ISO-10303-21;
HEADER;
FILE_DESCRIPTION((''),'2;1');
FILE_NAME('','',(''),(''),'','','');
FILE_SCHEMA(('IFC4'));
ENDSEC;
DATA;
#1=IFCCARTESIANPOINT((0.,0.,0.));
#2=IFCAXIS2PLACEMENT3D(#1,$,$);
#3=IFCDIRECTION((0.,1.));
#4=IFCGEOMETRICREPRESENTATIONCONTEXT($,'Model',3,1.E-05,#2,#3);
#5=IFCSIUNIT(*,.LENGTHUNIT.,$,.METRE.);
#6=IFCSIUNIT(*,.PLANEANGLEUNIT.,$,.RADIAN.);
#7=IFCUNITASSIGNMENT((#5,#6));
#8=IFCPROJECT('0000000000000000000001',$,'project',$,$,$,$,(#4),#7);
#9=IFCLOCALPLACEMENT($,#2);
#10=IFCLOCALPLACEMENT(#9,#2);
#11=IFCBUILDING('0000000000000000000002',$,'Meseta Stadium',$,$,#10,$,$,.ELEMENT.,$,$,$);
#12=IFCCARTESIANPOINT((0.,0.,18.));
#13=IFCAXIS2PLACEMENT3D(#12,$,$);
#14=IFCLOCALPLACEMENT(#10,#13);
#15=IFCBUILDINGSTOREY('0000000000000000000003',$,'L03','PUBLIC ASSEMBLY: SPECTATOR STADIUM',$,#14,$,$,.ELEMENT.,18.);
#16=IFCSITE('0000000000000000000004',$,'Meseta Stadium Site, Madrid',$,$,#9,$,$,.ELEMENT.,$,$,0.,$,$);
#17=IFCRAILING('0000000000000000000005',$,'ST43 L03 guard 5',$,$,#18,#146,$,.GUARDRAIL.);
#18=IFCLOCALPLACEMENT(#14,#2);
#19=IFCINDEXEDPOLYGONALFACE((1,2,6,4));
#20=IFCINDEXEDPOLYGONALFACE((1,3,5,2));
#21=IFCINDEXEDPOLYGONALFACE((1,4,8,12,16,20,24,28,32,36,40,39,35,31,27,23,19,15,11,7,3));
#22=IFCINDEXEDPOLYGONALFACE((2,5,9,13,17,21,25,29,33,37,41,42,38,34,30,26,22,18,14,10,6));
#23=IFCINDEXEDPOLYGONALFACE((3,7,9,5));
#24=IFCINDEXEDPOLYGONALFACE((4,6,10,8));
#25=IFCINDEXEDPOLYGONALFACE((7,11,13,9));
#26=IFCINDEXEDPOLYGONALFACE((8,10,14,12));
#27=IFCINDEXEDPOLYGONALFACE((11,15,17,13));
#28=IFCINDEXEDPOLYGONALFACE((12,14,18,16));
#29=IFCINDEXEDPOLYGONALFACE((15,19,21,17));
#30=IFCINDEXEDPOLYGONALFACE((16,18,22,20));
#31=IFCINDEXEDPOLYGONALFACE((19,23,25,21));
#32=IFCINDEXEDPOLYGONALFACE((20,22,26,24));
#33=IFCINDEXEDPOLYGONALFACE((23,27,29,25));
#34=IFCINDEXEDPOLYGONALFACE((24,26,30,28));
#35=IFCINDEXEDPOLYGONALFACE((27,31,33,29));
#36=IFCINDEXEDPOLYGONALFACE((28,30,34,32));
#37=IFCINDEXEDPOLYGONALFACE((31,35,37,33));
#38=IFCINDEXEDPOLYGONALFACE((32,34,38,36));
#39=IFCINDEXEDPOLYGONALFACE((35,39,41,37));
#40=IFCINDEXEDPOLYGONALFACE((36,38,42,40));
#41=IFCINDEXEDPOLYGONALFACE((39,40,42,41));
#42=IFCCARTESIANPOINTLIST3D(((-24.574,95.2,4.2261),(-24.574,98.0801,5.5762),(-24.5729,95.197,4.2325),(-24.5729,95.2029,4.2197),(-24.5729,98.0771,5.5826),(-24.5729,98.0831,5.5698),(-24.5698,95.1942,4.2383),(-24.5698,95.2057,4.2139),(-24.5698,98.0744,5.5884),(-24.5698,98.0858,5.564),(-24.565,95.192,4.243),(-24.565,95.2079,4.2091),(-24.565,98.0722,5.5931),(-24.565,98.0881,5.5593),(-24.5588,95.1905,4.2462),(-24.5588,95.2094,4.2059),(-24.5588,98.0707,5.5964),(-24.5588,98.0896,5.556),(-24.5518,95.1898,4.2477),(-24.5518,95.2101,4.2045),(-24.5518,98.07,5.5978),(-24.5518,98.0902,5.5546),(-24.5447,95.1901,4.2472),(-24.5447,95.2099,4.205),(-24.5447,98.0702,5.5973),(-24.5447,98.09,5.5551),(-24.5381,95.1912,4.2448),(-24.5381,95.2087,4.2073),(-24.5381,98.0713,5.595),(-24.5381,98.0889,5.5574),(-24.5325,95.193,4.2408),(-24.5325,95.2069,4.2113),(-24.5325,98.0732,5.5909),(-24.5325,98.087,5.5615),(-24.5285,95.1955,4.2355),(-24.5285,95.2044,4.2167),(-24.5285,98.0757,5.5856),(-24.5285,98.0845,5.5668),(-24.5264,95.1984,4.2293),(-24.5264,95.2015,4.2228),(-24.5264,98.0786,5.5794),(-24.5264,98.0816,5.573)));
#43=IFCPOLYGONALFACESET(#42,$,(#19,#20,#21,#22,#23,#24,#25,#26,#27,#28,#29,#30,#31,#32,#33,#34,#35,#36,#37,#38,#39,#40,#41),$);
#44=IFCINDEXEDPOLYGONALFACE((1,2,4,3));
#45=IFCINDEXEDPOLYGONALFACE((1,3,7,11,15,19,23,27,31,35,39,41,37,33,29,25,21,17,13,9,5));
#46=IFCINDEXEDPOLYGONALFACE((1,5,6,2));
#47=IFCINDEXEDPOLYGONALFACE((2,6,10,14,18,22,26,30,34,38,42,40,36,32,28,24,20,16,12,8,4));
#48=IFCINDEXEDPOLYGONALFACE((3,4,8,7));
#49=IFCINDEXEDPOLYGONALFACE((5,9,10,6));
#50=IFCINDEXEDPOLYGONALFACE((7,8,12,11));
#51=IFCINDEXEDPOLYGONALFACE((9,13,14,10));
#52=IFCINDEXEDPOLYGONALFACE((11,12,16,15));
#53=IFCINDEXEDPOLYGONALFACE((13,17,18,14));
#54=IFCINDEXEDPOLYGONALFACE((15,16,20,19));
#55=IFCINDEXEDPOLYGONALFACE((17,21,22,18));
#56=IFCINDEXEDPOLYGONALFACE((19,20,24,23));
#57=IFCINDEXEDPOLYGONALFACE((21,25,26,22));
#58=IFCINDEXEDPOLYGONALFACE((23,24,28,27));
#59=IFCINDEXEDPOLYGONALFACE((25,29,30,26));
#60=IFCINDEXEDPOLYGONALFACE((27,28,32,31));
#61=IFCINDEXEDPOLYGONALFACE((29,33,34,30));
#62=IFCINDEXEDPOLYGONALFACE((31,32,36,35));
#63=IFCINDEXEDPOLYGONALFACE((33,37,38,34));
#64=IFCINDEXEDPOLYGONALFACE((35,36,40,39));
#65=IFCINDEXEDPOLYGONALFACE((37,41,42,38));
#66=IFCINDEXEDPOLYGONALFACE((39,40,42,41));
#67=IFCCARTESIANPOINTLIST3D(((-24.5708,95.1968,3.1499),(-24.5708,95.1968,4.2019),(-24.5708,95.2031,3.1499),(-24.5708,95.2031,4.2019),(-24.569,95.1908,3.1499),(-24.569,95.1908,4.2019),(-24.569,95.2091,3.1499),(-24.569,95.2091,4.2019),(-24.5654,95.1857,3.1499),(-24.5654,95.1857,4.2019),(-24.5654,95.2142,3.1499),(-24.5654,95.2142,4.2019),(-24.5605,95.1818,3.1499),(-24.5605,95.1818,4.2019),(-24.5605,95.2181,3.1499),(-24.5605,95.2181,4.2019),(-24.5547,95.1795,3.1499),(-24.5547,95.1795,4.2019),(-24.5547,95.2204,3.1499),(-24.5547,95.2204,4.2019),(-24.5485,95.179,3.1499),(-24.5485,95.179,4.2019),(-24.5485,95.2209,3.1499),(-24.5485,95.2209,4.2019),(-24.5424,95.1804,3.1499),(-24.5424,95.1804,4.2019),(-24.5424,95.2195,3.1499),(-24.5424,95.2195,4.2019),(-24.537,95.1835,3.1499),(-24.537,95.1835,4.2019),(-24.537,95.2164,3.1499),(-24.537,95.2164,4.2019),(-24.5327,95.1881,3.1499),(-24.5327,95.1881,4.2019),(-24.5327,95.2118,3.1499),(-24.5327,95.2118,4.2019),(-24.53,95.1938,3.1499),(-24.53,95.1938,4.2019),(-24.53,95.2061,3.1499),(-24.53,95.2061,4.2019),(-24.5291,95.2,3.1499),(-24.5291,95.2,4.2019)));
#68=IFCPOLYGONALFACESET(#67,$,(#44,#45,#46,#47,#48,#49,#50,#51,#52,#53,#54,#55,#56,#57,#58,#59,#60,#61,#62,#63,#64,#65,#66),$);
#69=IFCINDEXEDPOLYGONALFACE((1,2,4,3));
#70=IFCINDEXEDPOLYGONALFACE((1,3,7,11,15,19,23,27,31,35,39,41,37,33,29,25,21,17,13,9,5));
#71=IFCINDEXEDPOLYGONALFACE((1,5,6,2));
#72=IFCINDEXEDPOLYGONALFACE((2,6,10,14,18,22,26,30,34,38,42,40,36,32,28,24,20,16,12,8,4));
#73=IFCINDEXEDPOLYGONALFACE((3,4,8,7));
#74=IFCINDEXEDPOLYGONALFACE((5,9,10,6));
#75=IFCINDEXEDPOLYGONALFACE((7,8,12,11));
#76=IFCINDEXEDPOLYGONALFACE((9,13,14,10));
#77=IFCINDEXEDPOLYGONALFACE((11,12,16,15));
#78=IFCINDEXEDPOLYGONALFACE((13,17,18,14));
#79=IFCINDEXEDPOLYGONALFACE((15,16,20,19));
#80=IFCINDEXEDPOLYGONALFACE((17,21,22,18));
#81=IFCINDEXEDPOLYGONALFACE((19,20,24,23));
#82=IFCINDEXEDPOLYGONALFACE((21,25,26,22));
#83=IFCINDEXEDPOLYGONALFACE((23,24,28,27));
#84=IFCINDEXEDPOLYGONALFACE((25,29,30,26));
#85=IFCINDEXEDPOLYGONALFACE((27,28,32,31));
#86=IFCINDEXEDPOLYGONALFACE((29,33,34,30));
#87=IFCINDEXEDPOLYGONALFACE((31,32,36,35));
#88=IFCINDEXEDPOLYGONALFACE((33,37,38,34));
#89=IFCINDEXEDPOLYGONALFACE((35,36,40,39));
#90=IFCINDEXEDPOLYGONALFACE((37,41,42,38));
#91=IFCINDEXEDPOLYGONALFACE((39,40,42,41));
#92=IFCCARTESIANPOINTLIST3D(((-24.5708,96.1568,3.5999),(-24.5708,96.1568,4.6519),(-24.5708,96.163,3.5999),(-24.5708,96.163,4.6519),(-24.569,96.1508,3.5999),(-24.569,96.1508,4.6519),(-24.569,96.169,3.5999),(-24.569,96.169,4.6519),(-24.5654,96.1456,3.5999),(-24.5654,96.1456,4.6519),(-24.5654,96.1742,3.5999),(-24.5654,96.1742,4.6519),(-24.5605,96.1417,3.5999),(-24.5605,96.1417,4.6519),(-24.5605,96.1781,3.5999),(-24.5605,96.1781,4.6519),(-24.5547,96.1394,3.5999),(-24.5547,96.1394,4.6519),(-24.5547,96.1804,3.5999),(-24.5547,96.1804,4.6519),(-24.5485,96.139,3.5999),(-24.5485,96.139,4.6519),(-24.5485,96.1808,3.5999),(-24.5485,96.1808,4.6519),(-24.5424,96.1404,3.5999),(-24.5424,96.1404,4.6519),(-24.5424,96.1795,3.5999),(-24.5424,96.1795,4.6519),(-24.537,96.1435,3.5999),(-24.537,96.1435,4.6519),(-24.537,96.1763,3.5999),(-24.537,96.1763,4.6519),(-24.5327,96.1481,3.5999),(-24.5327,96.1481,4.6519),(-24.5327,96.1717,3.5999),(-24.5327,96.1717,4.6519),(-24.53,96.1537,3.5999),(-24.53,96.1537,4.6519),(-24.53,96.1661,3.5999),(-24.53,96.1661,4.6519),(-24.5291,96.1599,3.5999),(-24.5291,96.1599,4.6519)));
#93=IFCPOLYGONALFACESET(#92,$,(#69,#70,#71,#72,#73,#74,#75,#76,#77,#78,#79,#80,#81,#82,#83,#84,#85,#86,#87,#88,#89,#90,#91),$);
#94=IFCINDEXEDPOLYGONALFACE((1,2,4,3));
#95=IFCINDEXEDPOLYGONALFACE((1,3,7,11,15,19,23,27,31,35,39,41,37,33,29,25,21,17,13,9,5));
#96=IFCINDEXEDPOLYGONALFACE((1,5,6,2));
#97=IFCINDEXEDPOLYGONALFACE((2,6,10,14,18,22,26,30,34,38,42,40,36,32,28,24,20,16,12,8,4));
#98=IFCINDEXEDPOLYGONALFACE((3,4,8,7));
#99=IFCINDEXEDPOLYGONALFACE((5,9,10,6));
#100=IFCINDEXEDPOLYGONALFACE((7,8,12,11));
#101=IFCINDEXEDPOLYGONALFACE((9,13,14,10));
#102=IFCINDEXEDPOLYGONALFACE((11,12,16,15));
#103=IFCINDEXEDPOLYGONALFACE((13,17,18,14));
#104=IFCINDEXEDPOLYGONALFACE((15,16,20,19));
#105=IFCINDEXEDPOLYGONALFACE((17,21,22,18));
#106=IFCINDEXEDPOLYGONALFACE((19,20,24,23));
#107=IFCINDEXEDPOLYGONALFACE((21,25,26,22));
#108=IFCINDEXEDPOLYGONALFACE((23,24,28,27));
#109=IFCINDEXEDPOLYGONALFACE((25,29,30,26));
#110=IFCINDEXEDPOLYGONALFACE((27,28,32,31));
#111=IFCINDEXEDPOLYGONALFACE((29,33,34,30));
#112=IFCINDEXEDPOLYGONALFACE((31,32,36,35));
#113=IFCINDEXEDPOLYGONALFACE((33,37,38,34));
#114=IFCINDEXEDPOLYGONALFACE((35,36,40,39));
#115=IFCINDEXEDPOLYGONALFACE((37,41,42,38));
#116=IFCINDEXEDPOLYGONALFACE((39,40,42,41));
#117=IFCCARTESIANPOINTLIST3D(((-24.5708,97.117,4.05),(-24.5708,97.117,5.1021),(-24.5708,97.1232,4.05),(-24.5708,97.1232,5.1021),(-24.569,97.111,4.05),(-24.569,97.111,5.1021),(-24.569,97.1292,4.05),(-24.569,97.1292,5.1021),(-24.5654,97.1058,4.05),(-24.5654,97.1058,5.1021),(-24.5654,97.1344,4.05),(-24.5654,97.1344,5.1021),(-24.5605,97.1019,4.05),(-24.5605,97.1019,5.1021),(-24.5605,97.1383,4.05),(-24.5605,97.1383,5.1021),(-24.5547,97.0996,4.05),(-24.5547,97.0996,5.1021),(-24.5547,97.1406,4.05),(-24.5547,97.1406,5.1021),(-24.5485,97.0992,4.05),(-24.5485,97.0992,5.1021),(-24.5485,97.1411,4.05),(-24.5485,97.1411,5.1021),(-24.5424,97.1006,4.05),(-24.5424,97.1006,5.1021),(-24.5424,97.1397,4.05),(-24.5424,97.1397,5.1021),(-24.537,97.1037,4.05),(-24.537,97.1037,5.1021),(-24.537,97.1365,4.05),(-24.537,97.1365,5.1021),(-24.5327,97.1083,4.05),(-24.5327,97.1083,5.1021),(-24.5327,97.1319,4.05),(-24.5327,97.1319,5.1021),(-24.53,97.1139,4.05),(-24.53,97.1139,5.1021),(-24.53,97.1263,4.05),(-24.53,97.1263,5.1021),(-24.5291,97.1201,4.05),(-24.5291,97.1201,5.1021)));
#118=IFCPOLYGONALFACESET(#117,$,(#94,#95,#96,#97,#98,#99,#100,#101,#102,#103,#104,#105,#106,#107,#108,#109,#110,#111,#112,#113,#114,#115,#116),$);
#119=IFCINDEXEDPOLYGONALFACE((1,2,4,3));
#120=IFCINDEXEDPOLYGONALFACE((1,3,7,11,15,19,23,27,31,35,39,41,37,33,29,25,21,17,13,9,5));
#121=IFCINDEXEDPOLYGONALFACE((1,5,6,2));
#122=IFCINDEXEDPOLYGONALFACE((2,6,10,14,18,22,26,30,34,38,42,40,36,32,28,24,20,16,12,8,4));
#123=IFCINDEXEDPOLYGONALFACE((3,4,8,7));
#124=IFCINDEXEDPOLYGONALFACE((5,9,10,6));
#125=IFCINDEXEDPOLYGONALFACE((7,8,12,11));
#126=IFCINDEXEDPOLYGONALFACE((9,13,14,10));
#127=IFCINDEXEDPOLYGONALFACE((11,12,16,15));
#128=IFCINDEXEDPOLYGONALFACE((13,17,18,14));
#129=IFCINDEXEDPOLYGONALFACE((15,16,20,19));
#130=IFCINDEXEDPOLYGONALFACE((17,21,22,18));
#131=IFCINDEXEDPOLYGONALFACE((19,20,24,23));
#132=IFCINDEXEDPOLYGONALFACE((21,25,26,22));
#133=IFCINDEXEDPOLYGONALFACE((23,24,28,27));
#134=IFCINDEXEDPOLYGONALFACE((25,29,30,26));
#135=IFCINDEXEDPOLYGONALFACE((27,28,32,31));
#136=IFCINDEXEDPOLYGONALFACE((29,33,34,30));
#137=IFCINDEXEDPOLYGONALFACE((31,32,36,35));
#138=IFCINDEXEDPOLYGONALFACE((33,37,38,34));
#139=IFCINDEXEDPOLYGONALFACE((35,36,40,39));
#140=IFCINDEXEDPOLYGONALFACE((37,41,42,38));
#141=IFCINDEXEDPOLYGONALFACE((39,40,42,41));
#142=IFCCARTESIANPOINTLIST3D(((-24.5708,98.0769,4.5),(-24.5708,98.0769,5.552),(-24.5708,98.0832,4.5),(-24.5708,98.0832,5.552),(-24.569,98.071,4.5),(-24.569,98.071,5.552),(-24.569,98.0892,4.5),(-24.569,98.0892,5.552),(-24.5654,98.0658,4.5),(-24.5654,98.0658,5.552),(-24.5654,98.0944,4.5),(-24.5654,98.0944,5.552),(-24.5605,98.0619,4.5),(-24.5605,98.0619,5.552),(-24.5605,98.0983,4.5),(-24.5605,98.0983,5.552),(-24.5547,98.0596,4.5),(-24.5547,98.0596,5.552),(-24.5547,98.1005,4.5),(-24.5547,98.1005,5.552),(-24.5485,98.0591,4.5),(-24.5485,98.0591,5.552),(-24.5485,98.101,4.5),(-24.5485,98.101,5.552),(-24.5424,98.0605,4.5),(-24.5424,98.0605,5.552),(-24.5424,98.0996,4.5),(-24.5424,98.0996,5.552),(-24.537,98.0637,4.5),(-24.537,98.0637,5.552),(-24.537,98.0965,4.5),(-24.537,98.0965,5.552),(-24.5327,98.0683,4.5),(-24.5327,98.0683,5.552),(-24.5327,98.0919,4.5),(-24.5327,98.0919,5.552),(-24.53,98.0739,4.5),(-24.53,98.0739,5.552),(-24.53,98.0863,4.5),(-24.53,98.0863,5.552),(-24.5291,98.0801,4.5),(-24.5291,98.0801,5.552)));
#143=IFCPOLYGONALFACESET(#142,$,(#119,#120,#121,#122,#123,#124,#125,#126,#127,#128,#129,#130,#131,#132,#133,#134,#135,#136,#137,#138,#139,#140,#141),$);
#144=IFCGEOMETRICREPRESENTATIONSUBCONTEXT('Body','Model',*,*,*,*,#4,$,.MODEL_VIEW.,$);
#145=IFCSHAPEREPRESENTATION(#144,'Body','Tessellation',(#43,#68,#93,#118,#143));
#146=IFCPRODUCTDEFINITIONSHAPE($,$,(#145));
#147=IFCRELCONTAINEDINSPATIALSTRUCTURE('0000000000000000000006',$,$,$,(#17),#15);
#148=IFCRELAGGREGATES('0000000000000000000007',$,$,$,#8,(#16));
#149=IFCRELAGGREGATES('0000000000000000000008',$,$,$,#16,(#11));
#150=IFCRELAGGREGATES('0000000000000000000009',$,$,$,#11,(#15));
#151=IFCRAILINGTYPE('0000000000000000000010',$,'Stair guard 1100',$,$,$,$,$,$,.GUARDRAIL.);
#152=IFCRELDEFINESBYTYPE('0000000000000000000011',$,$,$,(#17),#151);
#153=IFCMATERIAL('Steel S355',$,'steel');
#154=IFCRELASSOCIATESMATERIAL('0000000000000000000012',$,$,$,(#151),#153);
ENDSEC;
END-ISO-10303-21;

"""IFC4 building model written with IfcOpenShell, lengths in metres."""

from ifc_helpers import new_model, si_unit, direction, frame, origin, origin_2d, place, context, subcontext, project, spatial, circle, extrude, material, type_object, element, save


model = new_model("IFC4")

# Units and contexts
model_context = context("Model", 3, precision=1e-05, world=origin(), true_north=direction((0.0, 1.0)))
body_context = subcontext(model_context, "Body", "Model", "MODEL_VIEW")
ifc_project = project(units=[si_unit("LENGTHUNIT", "METRE"), si_unit("PLANEANGLEUNIT", "RADIAN")], contexts=[model_context])

# Site, building, storey
site_placement = place(None, origin())
site = spatial("IfcSite", under=ifc_project, at=site_placement, Name="Meseta Stadium Site, Madrid", CompositionType="ELEMENT", RefElevation=0.0)
building_placement = place(site_placement, origin())
building = spatial("IfcBuilding", under=site, at=building_placement, Name="Meseta Stadium", CompositionType="ELEMENT")
storey_placement = place(building_placement, frame((0.0, 0.0, 18.0)))
storey = spatial("IfcBuildingStorey", under=building, at=storey_placement, Name="L03", Description="PUBLIC ASSEMBLY: SPECTATOR STADIUM", CompositionType="ELEMENT", Elevation=18.0)

# Railing
ifc_material_1 = material(Name="Steel S355", Category="steel")
railing_type_1 = type_object("IfcRailingType", Name="Stair guard 1100", PredefinedType="GUARDRAIL", material=ifc_material_1)
railing_1_placement = place(storey_placement, frame((-24.55, 95.2, 3.1499)))
element("IfcRailing", 1, at=railing_1_placement, inside=storey, type_object=railing_type_1, Name="ST43 L03 guard 5", PredefinedType="GUARDRAIL", context=body_context, shape_type="SweptSolid", body=[
    extrude(circle(Radius=0.0239, at=origin_2d()), frame((0.0, 0.0, 1.0762), z_axis=(0.0, 0.905454, 0.424444), x_axis=(-1.0, 0.0, 0.0)), (0.0, 0.0, 1.0), 3.1809),
    extrude(circle(Radius=0.021, at=origin_2d()), origin(), (0.0, 0.0, 1.0), 1.052),
    extrude(circle(Radius=0.021, at=origin_2d()), frame((0.0, 0.96, 0.45)), (0.0, 0.0, 1.0), 1.052),
    extrude(circle(Radius=0.021, at=origin_2d()), frame((0.0, 1.9202, 0.9001)), (0.0, 0.0, 1.0), 1.052),
    extrude(circle(Radius=0.021, at=origin_2d()), frame((0.0, 2.8801, 1.3501)), (0.0, 0.0, 1.0), 1.052),
])

save(model, "model.ifc")
